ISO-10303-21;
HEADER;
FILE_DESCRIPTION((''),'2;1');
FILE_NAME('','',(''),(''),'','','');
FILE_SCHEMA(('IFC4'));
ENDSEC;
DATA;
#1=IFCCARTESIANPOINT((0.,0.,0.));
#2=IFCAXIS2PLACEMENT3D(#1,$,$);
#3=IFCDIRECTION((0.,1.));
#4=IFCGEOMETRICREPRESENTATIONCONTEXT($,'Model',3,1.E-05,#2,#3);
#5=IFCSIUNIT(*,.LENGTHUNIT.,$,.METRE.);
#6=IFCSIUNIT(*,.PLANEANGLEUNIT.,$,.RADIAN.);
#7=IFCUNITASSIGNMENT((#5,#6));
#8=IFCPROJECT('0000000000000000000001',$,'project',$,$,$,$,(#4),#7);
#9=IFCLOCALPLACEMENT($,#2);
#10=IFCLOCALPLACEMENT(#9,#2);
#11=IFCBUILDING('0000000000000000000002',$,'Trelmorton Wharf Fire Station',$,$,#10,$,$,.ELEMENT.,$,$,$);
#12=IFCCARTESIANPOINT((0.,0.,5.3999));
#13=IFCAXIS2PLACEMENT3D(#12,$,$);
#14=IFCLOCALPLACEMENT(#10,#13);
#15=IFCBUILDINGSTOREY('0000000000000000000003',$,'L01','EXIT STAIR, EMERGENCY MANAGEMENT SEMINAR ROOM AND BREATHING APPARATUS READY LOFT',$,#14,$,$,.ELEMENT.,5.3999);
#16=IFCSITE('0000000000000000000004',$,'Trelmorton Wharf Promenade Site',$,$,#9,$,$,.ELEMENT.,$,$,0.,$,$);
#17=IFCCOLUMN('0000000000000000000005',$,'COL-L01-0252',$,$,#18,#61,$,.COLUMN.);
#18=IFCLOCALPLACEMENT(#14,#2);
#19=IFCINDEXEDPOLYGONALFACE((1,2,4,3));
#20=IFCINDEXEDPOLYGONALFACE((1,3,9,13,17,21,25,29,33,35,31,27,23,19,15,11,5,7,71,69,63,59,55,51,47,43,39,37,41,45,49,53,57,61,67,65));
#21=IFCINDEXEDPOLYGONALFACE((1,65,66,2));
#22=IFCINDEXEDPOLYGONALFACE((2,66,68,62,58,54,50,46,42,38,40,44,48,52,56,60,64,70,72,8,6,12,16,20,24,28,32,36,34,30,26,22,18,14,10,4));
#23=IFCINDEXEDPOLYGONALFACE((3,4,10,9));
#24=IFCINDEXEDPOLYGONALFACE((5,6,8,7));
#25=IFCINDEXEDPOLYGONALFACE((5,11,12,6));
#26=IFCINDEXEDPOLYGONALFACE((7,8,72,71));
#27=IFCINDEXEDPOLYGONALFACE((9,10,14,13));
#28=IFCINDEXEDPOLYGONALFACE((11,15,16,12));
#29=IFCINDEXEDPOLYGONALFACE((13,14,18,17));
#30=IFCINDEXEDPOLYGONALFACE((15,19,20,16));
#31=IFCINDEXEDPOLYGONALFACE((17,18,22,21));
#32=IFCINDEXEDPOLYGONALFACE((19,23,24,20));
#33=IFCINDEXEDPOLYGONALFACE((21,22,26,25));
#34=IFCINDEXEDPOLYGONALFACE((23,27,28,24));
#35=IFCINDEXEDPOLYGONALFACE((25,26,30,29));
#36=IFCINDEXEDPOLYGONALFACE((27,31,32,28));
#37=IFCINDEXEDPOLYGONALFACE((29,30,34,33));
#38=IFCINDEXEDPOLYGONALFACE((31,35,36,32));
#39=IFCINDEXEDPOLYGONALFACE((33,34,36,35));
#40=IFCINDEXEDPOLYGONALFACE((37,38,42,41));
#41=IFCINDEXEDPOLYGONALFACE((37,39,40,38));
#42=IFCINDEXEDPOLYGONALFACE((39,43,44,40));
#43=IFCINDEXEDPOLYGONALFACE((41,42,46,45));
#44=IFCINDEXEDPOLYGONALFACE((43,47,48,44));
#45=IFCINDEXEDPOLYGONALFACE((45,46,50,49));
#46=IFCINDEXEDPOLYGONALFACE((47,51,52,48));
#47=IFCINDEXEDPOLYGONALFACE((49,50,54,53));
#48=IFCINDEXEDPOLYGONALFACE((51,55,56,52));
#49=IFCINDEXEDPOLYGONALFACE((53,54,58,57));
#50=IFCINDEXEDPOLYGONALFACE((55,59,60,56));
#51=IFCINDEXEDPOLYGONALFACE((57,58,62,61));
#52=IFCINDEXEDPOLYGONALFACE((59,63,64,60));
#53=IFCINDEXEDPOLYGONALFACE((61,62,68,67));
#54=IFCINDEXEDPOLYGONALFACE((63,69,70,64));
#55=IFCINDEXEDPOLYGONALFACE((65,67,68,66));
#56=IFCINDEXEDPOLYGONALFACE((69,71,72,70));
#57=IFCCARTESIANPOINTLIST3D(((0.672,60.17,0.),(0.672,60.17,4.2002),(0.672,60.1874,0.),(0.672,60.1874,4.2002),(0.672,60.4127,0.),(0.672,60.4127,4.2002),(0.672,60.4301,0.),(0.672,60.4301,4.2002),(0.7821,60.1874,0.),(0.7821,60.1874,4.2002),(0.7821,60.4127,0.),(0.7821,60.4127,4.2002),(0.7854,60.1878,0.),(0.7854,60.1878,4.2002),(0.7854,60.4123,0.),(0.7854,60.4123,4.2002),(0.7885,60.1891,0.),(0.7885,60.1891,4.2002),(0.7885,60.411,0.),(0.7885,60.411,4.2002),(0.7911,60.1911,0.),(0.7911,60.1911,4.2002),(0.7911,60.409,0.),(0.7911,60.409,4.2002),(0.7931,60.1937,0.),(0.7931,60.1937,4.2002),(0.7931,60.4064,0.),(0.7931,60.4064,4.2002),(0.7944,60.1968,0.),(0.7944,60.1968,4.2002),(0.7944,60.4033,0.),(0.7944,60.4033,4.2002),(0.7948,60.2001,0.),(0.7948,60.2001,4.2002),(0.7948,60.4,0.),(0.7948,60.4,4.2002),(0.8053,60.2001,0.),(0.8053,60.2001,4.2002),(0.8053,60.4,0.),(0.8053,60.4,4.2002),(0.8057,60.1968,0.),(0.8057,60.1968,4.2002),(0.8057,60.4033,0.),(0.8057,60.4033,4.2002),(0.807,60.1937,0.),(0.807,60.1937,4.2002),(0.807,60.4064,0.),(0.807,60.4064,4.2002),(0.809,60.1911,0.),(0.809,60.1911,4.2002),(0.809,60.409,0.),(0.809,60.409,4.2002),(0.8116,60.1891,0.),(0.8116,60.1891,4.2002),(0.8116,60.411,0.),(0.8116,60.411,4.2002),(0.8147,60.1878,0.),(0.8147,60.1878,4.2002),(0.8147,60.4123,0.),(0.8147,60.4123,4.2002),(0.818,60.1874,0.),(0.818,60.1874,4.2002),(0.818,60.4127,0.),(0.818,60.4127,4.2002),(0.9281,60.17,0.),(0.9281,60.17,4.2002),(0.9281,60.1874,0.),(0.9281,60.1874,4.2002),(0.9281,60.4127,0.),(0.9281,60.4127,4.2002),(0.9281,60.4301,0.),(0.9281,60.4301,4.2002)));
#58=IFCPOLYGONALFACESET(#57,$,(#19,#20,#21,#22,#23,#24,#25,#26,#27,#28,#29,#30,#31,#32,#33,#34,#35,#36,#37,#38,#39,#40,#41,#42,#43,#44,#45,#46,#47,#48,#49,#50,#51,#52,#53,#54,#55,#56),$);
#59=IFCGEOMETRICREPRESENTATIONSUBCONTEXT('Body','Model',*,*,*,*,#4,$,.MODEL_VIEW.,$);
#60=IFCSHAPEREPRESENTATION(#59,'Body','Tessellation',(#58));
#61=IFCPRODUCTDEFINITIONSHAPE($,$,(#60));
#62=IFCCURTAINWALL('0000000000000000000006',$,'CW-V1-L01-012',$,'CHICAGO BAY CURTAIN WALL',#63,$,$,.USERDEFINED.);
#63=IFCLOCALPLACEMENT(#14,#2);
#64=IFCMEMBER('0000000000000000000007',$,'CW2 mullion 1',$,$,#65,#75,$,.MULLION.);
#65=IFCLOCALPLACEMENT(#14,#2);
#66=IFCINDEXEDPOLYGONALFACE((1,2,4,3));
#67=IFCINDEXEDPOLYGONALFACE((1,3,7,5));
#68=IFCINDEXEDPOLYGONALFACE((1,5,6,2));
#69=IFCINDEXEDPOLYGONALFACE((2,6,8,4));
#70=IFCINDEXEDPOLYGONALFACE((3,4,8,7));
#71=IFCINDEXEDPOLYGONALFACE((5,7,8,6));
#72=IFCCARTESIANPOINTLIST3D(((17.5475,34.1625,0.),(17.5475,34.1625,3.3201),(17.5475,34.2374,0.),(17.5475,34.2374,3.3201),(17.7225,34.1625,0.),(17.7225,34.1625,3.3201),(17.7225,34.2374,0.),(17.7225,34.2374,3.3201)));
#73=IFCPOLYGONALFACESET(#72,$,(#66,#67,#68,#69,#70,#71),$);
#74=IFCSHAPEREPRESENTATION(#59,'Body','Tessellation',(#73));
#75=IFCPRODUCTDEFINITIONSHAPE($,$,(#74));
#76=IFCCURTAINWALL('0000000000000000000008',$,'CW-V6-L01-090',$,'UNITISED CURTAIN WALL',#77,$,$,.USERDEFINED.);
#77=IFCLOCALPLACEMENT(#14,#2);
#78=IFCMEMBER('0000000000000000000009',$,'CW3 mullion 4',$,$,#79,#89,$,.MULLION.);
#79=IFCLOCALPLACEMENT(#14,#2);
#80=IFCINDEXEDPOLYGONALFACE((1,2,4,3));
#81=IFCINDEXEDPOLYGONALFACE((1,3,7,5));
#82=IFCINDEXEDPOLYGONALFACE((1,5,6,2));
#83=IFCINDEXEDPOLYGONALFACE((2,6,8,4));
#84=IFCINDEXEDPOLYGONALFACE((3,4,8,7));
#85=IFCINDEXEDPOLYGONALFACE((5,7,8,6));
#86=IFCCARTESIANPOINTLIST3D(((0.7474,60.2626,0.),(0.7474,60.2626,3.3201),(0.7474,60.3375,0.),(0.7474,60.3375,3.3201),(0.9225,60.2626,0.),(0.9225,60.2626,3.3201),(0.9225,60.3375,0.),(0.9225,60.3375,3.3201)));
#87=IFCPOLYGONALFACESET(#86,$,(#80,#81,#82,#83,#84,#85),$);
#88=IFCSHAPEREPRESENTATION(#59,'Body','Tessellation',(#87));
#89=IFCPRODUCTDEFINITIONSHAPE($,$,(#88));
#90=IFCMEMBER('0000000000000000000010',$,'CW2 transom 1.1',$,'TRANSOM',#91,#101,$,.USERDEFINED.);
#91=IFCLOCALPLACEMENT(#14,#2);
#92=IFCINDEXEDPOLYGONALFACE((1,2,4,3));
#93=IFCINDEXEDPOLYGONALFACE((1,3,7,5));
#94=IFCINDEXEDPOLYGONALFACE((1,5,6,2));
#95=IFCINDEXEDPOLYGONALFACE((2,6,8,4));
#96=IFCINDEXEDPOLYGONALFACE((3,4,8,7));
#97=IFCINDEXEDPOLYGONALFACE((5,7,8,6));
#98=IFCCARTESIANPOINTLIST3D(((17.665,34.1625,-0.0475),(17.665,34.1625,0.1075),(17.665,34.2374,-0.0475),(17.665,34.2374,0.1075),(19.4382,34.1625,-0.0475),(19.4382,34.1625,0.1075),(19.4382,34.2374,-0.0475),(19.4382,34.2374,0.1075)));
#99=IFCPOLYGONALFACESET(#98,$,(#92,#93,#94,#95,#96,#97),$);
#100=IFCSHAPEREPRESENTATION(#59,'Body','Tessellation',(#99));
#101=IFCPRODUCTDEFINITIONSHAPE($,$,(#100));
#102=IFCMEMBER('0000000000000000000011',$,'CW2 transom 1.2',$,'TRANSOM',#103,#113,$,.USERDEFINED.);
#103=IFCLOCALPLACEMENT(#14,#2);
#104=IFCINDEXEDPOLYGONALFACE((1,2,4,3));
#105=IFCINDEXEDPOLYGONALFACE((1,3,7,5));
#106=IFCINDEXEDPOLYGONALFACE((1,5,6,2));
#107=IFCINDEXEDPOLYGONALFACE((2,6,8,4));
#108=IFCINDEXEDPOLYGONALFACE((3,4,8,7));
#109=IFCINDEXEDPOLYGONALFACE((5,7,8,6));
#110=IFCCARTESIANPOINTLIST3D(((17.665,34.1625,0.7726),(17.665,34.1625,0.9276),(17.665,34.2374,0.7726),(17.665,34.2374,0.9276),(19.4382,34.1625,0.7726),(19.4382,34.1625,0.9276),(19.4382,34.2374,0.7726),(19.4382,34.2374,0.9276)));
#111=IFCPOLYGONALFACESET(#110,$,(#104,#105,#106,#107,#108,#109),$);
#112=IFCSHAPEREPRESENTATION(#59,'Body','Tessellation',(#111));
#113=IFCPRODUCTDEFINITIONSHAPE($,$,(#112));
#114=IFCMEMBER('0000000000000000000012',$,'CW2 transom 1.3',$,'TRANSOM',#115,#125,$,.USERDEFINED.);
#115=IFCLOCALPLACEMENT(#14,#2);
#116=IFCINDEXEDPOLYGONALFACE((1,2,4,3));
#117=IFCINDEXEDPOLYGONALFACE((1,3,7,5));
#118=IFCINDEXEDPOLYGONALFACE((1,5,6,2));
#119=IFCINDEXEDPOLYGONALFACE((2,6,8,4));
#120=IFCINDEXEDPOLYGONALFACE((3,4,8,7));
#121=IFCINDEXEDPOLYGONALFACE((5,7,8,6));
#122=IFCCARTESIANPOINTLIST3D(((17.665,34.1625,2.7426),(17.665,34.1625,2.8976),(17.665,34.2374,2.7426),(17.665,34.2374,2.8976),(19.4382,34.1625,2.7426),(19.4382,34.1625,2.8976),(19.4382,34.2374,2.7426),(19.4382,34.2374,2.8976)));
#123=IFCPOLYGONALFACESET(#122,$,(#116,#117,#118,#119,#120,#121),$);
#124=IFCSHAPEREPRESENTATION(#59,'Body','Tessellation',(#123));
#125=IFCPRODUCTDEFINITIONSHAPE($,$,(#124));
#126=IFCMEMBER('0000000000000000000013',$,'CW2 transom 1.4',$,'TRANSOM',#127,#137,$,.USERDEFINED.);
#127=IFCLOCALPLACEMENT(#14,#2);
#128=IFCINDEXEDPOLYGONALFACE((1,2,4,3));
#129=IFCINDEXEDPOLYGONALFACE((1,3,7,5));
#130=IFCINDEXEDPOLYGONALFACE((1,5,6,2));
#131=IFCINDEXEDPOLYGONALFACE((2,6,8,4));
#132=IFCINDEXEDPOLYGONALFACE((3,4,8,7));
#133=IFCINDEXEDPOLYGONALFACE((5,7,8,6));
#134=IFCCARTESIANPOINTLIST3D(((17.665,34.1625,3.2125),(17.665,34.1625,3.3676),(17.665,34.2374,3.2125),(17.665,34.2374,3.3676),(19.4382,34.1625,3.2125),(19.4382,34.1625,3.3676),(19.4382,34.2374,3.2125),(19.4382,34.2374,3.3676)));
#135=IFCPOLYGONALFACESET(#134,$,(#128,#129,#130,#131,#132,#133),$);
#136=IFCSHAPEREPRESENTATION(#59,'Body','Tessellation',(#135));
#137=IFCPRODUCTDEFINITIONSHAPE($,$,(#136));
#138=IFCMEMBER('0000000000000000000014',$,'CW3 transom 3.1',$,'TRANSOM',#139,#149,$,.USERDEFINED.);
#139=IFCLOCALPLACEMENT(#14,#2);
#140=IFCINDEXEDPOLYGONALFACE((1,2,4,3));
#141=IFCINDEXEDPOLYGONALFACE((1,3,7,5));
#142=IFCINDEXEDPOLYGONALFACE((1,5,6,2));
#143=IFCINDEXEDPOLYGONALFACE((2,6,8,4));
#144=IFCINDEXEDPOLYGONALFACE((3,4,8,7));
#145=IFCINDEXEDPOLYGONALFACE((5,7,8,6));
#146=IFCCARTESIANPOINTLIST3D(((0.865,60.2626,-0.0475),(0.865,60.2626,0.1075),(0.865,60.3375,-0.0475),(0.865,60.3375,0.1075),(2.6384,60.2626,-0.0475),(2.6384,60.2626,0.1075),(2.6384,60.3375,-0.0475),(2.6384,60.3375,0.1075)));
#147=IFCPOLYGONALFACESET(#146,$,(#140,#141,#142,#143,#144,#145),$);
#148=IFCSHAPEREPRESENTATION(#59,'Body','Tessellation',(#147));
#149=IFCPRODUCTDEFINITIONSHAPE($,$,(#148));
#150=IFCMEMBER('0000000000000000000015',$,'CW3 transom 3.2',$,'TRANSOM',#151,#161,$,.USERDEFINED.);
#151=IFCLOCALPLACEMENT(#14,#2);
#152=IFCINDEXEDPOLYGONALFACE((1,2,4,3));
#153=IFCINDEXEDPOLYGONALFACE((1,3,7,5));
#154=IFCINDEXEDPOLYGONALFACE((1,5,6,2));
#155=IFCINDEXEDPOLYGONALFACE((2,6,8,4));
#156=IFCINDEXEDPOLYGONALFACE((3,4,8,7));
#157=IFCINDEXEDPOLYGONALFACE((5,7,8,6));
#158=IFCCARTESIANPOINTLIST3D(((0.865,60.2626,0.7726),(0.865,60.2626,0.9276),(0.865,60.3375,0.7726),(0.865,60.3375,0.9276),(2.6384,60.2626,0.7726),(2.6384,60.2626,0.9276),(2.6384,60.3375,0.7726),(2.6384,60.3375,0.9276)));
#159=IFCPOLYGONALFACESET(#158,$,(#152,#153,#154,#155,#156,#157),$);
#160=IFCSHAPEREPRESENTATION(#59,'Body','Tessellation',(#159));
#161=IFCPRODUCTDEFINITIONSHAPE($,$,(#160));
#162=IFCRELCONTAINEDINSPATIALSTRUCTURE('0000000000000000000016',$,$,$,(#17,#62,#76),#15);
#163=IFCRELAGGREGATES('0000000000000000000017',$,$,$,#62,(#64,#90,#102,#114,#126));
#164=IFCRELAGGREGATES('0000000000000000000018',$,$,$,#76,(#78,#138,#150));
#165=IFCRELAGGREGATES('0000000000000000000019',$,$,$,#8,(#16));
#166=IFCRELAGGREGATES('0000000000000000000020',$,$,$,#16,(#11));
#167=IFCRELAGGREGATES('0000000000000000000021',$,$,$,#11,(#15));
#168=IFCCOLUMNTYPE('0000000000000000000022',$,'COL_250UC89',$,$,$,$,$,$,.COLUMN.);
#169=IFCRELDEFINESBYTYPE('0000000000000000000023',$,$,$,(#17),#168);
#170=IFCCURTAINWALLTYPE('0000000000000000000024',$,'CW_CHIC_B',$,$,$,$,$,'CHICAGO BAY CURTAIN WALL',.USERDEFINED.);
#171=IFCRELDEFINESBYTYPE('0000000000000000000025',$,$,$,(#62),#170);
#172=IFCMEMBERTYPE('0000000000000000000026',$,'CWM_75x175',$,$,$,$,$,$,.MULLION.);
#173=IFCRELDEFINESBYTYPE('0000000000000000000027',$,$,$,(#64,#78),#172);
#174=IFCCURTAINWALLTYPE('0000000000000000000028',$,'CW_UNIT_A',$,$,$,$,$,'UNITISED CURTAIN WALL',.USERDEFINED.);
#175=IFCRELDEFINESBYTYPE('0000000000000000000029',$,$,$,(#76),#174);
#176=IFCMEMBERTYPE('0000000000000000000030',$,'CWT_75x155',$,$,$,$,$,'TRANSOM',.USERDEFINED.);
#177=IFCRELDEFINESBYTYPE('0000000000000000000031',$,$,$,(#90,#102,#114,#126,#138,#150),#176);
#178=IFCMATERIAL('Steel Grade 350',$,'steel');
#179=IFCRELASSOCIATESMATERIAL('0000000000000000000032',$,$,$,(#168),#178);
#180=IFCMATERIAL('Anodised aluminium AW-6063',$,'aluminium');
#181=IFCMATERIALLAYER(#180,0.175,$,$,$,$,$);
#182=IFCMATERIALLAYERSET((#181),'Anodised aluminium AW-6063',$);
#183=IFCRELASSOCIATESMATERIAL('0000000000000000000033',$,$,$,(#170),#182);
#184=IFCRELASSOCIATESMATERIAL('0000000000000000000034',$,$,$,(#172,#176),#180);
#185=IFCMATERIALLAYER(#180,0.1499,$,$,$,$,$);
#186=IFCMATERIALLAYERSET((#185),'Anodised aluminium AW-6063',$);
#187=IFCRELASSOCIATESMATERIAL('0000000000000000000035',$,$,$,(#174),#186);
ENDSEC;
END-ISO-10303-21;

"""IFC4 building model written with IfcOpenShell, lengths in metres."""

from ifc_helpers import new_model, si_unit, direction, frame, origin, origin_2d, place, context, subcontext, project, spatial, rectangle, i_section, extrude, material, layer, layer_set, material_profile, profile_set, type_object, element, aggregate, save


model = new_model("IFC4")

# Units and contexts
model_context = context("Model", 3, precision=1e-05, world=origin(), true_north=direction((0.0, 1.0)))
body_context = subcontext(model_context, "Body", "Model", "MODEL_VIEW")
ifc_project = project(units=[si_unit("LENGTHUNIT", "METRE"), si_unit("PLANEANGLEUNIT", "RADIAN")], contexts=[model_context])

# Site, building, storey
site_placement = place(None, origin())
site = spatial("IfcSite", under=ifc_project, at=site_placement, Name="Trelmorton Wharf Promenade Site", CompositionType="ELEMENT", RefElevation=0.0)
building_placement = place(site_placement, origin())
building = spatial("IfcBuilding", under=site, at=building_placement, Name="Trelmorton Wharf Fire Station", CompositionType="ELEMENT")
storey_placement = place(building_placement, frame((0.0, 0.0, 5.3999)))
storey = spatial("IfcBuildingStorey", under=building, at=storey_placement, Name="L01", Description="EXIT STAIR, EMERGENCY MANAGEMENT SEMINAR ROOM AND BREATHING APPARATUS READY LOFT", CompositionType="ELEMENT", Elevation=5.3999)

# Column
ifc_material_1 = material(Name="Steel Grade 350", Category="steel")
ifc_material_profile_1 = material_profile(ifc_material_1, i_section(OverallWidth=0.2561, OverallDepth=0.26, WebThickness=0.0105, FlangeThickness=0.0173, FilletRadius=0.0127, at=origin_2d()), Name="250UC89.5")
ifc_profile_set_1 = profile_set([ifc_material_profile_1], Name="Steel Grade 350")
column_type = type_object("IfcColumnType", Name="COL_250UC89", PredefinedType="COLUMN", material=ifc_profile_set_1)
column_placement = place(storey_placement, frame((0.8, 60.3, 0.0), z_axis=(0.0, 0.0, 1.0), x_axis=(1.0, 0.0, 0.0)))
element("IfcColumn", 1, at=column_placement, inside=storey, type_object=column_type, Name="COL-L01-0252", PredefinedType="COLUMN", context=body_context, shape_type="SweptSolid", body=[
    extrude(i_section(OverallWidth=0.2561, OverallDepth=0.26, WebThickness=0.0105, FlangeThickness=0.0173, FilletRadius=0.0127, at=origin_2d()), origin(), (0.0, 0.0, 1.0), 4.2002),
])

# Curtain walls, members
ifc_material_2 = material(Name="Anodised aluminium AW-6063", Category="aluminium")
ifc_layer_1 = layer(ifc_material_2, 0.175)
ifc_layer_set_1 = layer_set([ifc_layer_1], Name="Anodised aluminium AW-6063")
curtain_wall_type_1 = type_object("IfcCurtainWallType", Name="CW_CHIC_B", ElementType="CHICAGO BAY CURTAIN WALL", PredefinedType="USERDEFINED", material=ifc_layer_set_1)
curtain_wall_1_placement = place(storey_placement, origin())
curtain_wall_1 = element("IfcCurtainWall", 2, at=curtain_wall_1_placement, inside=storey, type_object=curtain_wall_type_1, Name="CW-V1-L01-012", ObjectType="CHICAGO BAY CURTAIN WALL", PredefinedType="USERDEFINED")
ifc_material_profile_2 = material_profile(ifc_material_2, rectangle(XDim=0.075, YDim=0.175, at=origin_2d()), Name="ALU-75x175")
ifc_profile_set_2 = profile_set([ifc_material_profile_2], Name="Anodised aluminium AW-6063")
member_type_1 = type_object("IfcMemberType", Name="CWM_75x175", PredefinedType="MULLION", material=ifc_profile_set_2)
member_1_placement = place(storey_placement, frame((17.635, 34.2, 0.0), z_axis=(0.0, 0.0, 1.0), x_axis=(0.0, 1.0, 0.0)))
member_1 = element("IfcMember", 3, at=member_1_placement, type_object=member_type_1, Name="CW2 mullion 1", PredefinedType="MULLION", context=body_context, shape_type="SweptSolid", body=[
    extrude(rectangle(XDim=0.075, YDim=0.175, at=origin_2d()), origin(), (0.0, 0.0, 1.0), 3.3201),
])
ifc_layer_2 = layer(ifc_material_2, 0.1499)
ifc_layer_set_2 = layer_set([ifc_layer_2], Name="Anodised aluminium AW-6063")
curtain_wall_type_2 = type_object("IfcCurtainWallType", Name="CW_UNIT_A", ElementType="UNITISED CURTAIN WALL", PredefinedType="USERDEFINED", material=ifc_layer_set_2)
curtain_wall_2_placement = place(storey_placement, origin())
curtain_wall_2 = element("IfcCurtainWall", 4, at=curtain_wall_2_placement, inside=storey, type_object=curtain_wall_type_2, Name="CW-V6-L01-090", ObjectType="UNITISED CURTAIN WALL", PredefinedType="USERDEFINED")
member_2_placement = place(storey_placement, frame((0.835, 60.3, 0.0), z_axis=(0.0, 0.0, 1.0), x_axis=(0.0, -1.0, 0.0)))
member_2 = element("IfcMember", 5, at=member_2_placement, type_object=member_type_1, Name="CW3 mullion 4", PredefinedType="MULLION", context=body_context, shape_type="SweptSolid", body=[
    extrude(rectangle(XDim=0.075, YDim=0.175, at=origin_2d()), origin(), (0.0, 0.0, 1.0), 3.3201),
])

# Members
ifc_material_profile_3 = material_profile(ifc_material_2, rectangle(XDim=0.075, YDim=0.155, at=origin_2d()), Name="ALU-75x155")
ifc_profile_set_3 = profile_set([ifc_material_profile_3], Name="Anodised aluminium AW-6063")
member_type_2 = type_object("IfcMemberType", Name="CWT_75x155", ElementType="TRANSOM", PredefinedType="USERDEFINED", material=ifc_profile_set_3)
member_3_placement = place(storey_placement, frame((17.665, 34.2, 0.03), z_axis=(1.0, 0.0, 0.0), x_axis=(0.0, 1.0, 0.0)))
member_3 = element("IfcMember", 6, at=member_3_placement, type_object=member_type_2, Name="CW2 transom 1.1", ObjectType="TRANSOM", PredefinedType="USERDEFINED", context=body_context, shape_type="SweptSolid", body=[
    extrude(rectangle(XDim=0.075, YDim=0.155, at=origin_2d()), origin(), (0.0, 0.0, 1.0), 1.7732),
])
member_4_placement = place(storey_placement, frame((17.665, 34.2, 0.8501), z_axis=(1.0, 0.0, 0.0), x_axis=(0.0, 1.0, 0.0)))
member_4 = element("IfcMember", 7, at=member_4_placement, type_object=member_type_2, Name="CW2 transom 1.2", ObjectType="TRANSOM", PredefinedType="USERDEFINED", context=body_context, shape_type="SweptSolid", body=[
    extrude(rectangle(XDim=0.075, YDim=0.155, at=origin_2d()), origin(), (0.0, 0.0, 1.0), 1.7732),
])
member_5_placement = place(storey_placement, frame((17.665, 34.2, 2.8201), z_axis=(1.0, 0.0, 0.0), x_axis=(0.0, 1.0, 0.0)))
member_5 = element("IfcMember", 8, at=member_5_placement, type_object=member_type_2, Name="CW2 transom 1.3", ObjectType="TRANSOM", PredefinedType="USERDEFINED", context=body_context, shape_type="SweptSolid", body=[
    extrude(rectangle(XDim=0.075, YDim=0.155, at=origin_2d()), origin(), (0.0, 0.0, 1.0), 1.7732),
])
member_6_placement = place(storey_placement, frame((17.665, 34.2, 3.29), z_axis=(1.0, 0.0, 0.0), x_axis=(0.0, 1.0, 0.0)))
member_6 = element("IfcMember", 9, at=member_6_placement, type_object=member_type_2, Name="CW2 transom 1.4", ObjectType="TRANSOM", PredefinedType="USERDEFINED", context=body_context, shape_type="SweptSolid", body=[
    extrude(rectangle(XDim=0.075, YDim=0.155, at=origin_2d()), origin(), (0.0, 0.0, 1.0), 1.7732),
])
member_7_placement = place(storey_placement, frame((2.6384, 60.3, 0.03), z_axis=(-1.0, 0.0, 0.0), x_axis=(0.0, -1.0, 0.0)))
member_7 = element("IfcMember", 10, at=member_7_placement, type_object=member_type_2, Name="CW3 transom 3.1", ObjectType="TRANSOM", PredefinedType="USERDEFINED", context=body_context, shape_type="SweptSolid", body=[
    extrude(rectangle(XDim=0.075, YDim=0.155, at=origin_2d()), origin(), (0.0, 0.0, 1.0), 1.7734),
])
member_8_placement = place(storey_placement, frame((2.6384, 60.3, 0.8501), z_axis=(-1.0, 0.0, 0.0), x_axis=(0.0, -1.0, 0.0)))
member_8 = element("IfcMember", 11, at=member_8_placement, type_object=member_type_2, Name="CW3 transom 3.2", ObjectType="TRANSOM", PredefinedType="USERDEFINED", context=body_context, shape_type="SweptSolid", body=[
    extrude(rectangle(XDim=0.075, YDim=0.155, at=origin_2d()), origin(), (0.0, 0.0, 1.0), 1.7734),
])

aggregate(curtain_wall_1, [member_1, member_3, member_4, member_5, member_6])
aggregate(curtain_wall_2, [member_2, member_7, member_8])

save(model, "model.ifc")
